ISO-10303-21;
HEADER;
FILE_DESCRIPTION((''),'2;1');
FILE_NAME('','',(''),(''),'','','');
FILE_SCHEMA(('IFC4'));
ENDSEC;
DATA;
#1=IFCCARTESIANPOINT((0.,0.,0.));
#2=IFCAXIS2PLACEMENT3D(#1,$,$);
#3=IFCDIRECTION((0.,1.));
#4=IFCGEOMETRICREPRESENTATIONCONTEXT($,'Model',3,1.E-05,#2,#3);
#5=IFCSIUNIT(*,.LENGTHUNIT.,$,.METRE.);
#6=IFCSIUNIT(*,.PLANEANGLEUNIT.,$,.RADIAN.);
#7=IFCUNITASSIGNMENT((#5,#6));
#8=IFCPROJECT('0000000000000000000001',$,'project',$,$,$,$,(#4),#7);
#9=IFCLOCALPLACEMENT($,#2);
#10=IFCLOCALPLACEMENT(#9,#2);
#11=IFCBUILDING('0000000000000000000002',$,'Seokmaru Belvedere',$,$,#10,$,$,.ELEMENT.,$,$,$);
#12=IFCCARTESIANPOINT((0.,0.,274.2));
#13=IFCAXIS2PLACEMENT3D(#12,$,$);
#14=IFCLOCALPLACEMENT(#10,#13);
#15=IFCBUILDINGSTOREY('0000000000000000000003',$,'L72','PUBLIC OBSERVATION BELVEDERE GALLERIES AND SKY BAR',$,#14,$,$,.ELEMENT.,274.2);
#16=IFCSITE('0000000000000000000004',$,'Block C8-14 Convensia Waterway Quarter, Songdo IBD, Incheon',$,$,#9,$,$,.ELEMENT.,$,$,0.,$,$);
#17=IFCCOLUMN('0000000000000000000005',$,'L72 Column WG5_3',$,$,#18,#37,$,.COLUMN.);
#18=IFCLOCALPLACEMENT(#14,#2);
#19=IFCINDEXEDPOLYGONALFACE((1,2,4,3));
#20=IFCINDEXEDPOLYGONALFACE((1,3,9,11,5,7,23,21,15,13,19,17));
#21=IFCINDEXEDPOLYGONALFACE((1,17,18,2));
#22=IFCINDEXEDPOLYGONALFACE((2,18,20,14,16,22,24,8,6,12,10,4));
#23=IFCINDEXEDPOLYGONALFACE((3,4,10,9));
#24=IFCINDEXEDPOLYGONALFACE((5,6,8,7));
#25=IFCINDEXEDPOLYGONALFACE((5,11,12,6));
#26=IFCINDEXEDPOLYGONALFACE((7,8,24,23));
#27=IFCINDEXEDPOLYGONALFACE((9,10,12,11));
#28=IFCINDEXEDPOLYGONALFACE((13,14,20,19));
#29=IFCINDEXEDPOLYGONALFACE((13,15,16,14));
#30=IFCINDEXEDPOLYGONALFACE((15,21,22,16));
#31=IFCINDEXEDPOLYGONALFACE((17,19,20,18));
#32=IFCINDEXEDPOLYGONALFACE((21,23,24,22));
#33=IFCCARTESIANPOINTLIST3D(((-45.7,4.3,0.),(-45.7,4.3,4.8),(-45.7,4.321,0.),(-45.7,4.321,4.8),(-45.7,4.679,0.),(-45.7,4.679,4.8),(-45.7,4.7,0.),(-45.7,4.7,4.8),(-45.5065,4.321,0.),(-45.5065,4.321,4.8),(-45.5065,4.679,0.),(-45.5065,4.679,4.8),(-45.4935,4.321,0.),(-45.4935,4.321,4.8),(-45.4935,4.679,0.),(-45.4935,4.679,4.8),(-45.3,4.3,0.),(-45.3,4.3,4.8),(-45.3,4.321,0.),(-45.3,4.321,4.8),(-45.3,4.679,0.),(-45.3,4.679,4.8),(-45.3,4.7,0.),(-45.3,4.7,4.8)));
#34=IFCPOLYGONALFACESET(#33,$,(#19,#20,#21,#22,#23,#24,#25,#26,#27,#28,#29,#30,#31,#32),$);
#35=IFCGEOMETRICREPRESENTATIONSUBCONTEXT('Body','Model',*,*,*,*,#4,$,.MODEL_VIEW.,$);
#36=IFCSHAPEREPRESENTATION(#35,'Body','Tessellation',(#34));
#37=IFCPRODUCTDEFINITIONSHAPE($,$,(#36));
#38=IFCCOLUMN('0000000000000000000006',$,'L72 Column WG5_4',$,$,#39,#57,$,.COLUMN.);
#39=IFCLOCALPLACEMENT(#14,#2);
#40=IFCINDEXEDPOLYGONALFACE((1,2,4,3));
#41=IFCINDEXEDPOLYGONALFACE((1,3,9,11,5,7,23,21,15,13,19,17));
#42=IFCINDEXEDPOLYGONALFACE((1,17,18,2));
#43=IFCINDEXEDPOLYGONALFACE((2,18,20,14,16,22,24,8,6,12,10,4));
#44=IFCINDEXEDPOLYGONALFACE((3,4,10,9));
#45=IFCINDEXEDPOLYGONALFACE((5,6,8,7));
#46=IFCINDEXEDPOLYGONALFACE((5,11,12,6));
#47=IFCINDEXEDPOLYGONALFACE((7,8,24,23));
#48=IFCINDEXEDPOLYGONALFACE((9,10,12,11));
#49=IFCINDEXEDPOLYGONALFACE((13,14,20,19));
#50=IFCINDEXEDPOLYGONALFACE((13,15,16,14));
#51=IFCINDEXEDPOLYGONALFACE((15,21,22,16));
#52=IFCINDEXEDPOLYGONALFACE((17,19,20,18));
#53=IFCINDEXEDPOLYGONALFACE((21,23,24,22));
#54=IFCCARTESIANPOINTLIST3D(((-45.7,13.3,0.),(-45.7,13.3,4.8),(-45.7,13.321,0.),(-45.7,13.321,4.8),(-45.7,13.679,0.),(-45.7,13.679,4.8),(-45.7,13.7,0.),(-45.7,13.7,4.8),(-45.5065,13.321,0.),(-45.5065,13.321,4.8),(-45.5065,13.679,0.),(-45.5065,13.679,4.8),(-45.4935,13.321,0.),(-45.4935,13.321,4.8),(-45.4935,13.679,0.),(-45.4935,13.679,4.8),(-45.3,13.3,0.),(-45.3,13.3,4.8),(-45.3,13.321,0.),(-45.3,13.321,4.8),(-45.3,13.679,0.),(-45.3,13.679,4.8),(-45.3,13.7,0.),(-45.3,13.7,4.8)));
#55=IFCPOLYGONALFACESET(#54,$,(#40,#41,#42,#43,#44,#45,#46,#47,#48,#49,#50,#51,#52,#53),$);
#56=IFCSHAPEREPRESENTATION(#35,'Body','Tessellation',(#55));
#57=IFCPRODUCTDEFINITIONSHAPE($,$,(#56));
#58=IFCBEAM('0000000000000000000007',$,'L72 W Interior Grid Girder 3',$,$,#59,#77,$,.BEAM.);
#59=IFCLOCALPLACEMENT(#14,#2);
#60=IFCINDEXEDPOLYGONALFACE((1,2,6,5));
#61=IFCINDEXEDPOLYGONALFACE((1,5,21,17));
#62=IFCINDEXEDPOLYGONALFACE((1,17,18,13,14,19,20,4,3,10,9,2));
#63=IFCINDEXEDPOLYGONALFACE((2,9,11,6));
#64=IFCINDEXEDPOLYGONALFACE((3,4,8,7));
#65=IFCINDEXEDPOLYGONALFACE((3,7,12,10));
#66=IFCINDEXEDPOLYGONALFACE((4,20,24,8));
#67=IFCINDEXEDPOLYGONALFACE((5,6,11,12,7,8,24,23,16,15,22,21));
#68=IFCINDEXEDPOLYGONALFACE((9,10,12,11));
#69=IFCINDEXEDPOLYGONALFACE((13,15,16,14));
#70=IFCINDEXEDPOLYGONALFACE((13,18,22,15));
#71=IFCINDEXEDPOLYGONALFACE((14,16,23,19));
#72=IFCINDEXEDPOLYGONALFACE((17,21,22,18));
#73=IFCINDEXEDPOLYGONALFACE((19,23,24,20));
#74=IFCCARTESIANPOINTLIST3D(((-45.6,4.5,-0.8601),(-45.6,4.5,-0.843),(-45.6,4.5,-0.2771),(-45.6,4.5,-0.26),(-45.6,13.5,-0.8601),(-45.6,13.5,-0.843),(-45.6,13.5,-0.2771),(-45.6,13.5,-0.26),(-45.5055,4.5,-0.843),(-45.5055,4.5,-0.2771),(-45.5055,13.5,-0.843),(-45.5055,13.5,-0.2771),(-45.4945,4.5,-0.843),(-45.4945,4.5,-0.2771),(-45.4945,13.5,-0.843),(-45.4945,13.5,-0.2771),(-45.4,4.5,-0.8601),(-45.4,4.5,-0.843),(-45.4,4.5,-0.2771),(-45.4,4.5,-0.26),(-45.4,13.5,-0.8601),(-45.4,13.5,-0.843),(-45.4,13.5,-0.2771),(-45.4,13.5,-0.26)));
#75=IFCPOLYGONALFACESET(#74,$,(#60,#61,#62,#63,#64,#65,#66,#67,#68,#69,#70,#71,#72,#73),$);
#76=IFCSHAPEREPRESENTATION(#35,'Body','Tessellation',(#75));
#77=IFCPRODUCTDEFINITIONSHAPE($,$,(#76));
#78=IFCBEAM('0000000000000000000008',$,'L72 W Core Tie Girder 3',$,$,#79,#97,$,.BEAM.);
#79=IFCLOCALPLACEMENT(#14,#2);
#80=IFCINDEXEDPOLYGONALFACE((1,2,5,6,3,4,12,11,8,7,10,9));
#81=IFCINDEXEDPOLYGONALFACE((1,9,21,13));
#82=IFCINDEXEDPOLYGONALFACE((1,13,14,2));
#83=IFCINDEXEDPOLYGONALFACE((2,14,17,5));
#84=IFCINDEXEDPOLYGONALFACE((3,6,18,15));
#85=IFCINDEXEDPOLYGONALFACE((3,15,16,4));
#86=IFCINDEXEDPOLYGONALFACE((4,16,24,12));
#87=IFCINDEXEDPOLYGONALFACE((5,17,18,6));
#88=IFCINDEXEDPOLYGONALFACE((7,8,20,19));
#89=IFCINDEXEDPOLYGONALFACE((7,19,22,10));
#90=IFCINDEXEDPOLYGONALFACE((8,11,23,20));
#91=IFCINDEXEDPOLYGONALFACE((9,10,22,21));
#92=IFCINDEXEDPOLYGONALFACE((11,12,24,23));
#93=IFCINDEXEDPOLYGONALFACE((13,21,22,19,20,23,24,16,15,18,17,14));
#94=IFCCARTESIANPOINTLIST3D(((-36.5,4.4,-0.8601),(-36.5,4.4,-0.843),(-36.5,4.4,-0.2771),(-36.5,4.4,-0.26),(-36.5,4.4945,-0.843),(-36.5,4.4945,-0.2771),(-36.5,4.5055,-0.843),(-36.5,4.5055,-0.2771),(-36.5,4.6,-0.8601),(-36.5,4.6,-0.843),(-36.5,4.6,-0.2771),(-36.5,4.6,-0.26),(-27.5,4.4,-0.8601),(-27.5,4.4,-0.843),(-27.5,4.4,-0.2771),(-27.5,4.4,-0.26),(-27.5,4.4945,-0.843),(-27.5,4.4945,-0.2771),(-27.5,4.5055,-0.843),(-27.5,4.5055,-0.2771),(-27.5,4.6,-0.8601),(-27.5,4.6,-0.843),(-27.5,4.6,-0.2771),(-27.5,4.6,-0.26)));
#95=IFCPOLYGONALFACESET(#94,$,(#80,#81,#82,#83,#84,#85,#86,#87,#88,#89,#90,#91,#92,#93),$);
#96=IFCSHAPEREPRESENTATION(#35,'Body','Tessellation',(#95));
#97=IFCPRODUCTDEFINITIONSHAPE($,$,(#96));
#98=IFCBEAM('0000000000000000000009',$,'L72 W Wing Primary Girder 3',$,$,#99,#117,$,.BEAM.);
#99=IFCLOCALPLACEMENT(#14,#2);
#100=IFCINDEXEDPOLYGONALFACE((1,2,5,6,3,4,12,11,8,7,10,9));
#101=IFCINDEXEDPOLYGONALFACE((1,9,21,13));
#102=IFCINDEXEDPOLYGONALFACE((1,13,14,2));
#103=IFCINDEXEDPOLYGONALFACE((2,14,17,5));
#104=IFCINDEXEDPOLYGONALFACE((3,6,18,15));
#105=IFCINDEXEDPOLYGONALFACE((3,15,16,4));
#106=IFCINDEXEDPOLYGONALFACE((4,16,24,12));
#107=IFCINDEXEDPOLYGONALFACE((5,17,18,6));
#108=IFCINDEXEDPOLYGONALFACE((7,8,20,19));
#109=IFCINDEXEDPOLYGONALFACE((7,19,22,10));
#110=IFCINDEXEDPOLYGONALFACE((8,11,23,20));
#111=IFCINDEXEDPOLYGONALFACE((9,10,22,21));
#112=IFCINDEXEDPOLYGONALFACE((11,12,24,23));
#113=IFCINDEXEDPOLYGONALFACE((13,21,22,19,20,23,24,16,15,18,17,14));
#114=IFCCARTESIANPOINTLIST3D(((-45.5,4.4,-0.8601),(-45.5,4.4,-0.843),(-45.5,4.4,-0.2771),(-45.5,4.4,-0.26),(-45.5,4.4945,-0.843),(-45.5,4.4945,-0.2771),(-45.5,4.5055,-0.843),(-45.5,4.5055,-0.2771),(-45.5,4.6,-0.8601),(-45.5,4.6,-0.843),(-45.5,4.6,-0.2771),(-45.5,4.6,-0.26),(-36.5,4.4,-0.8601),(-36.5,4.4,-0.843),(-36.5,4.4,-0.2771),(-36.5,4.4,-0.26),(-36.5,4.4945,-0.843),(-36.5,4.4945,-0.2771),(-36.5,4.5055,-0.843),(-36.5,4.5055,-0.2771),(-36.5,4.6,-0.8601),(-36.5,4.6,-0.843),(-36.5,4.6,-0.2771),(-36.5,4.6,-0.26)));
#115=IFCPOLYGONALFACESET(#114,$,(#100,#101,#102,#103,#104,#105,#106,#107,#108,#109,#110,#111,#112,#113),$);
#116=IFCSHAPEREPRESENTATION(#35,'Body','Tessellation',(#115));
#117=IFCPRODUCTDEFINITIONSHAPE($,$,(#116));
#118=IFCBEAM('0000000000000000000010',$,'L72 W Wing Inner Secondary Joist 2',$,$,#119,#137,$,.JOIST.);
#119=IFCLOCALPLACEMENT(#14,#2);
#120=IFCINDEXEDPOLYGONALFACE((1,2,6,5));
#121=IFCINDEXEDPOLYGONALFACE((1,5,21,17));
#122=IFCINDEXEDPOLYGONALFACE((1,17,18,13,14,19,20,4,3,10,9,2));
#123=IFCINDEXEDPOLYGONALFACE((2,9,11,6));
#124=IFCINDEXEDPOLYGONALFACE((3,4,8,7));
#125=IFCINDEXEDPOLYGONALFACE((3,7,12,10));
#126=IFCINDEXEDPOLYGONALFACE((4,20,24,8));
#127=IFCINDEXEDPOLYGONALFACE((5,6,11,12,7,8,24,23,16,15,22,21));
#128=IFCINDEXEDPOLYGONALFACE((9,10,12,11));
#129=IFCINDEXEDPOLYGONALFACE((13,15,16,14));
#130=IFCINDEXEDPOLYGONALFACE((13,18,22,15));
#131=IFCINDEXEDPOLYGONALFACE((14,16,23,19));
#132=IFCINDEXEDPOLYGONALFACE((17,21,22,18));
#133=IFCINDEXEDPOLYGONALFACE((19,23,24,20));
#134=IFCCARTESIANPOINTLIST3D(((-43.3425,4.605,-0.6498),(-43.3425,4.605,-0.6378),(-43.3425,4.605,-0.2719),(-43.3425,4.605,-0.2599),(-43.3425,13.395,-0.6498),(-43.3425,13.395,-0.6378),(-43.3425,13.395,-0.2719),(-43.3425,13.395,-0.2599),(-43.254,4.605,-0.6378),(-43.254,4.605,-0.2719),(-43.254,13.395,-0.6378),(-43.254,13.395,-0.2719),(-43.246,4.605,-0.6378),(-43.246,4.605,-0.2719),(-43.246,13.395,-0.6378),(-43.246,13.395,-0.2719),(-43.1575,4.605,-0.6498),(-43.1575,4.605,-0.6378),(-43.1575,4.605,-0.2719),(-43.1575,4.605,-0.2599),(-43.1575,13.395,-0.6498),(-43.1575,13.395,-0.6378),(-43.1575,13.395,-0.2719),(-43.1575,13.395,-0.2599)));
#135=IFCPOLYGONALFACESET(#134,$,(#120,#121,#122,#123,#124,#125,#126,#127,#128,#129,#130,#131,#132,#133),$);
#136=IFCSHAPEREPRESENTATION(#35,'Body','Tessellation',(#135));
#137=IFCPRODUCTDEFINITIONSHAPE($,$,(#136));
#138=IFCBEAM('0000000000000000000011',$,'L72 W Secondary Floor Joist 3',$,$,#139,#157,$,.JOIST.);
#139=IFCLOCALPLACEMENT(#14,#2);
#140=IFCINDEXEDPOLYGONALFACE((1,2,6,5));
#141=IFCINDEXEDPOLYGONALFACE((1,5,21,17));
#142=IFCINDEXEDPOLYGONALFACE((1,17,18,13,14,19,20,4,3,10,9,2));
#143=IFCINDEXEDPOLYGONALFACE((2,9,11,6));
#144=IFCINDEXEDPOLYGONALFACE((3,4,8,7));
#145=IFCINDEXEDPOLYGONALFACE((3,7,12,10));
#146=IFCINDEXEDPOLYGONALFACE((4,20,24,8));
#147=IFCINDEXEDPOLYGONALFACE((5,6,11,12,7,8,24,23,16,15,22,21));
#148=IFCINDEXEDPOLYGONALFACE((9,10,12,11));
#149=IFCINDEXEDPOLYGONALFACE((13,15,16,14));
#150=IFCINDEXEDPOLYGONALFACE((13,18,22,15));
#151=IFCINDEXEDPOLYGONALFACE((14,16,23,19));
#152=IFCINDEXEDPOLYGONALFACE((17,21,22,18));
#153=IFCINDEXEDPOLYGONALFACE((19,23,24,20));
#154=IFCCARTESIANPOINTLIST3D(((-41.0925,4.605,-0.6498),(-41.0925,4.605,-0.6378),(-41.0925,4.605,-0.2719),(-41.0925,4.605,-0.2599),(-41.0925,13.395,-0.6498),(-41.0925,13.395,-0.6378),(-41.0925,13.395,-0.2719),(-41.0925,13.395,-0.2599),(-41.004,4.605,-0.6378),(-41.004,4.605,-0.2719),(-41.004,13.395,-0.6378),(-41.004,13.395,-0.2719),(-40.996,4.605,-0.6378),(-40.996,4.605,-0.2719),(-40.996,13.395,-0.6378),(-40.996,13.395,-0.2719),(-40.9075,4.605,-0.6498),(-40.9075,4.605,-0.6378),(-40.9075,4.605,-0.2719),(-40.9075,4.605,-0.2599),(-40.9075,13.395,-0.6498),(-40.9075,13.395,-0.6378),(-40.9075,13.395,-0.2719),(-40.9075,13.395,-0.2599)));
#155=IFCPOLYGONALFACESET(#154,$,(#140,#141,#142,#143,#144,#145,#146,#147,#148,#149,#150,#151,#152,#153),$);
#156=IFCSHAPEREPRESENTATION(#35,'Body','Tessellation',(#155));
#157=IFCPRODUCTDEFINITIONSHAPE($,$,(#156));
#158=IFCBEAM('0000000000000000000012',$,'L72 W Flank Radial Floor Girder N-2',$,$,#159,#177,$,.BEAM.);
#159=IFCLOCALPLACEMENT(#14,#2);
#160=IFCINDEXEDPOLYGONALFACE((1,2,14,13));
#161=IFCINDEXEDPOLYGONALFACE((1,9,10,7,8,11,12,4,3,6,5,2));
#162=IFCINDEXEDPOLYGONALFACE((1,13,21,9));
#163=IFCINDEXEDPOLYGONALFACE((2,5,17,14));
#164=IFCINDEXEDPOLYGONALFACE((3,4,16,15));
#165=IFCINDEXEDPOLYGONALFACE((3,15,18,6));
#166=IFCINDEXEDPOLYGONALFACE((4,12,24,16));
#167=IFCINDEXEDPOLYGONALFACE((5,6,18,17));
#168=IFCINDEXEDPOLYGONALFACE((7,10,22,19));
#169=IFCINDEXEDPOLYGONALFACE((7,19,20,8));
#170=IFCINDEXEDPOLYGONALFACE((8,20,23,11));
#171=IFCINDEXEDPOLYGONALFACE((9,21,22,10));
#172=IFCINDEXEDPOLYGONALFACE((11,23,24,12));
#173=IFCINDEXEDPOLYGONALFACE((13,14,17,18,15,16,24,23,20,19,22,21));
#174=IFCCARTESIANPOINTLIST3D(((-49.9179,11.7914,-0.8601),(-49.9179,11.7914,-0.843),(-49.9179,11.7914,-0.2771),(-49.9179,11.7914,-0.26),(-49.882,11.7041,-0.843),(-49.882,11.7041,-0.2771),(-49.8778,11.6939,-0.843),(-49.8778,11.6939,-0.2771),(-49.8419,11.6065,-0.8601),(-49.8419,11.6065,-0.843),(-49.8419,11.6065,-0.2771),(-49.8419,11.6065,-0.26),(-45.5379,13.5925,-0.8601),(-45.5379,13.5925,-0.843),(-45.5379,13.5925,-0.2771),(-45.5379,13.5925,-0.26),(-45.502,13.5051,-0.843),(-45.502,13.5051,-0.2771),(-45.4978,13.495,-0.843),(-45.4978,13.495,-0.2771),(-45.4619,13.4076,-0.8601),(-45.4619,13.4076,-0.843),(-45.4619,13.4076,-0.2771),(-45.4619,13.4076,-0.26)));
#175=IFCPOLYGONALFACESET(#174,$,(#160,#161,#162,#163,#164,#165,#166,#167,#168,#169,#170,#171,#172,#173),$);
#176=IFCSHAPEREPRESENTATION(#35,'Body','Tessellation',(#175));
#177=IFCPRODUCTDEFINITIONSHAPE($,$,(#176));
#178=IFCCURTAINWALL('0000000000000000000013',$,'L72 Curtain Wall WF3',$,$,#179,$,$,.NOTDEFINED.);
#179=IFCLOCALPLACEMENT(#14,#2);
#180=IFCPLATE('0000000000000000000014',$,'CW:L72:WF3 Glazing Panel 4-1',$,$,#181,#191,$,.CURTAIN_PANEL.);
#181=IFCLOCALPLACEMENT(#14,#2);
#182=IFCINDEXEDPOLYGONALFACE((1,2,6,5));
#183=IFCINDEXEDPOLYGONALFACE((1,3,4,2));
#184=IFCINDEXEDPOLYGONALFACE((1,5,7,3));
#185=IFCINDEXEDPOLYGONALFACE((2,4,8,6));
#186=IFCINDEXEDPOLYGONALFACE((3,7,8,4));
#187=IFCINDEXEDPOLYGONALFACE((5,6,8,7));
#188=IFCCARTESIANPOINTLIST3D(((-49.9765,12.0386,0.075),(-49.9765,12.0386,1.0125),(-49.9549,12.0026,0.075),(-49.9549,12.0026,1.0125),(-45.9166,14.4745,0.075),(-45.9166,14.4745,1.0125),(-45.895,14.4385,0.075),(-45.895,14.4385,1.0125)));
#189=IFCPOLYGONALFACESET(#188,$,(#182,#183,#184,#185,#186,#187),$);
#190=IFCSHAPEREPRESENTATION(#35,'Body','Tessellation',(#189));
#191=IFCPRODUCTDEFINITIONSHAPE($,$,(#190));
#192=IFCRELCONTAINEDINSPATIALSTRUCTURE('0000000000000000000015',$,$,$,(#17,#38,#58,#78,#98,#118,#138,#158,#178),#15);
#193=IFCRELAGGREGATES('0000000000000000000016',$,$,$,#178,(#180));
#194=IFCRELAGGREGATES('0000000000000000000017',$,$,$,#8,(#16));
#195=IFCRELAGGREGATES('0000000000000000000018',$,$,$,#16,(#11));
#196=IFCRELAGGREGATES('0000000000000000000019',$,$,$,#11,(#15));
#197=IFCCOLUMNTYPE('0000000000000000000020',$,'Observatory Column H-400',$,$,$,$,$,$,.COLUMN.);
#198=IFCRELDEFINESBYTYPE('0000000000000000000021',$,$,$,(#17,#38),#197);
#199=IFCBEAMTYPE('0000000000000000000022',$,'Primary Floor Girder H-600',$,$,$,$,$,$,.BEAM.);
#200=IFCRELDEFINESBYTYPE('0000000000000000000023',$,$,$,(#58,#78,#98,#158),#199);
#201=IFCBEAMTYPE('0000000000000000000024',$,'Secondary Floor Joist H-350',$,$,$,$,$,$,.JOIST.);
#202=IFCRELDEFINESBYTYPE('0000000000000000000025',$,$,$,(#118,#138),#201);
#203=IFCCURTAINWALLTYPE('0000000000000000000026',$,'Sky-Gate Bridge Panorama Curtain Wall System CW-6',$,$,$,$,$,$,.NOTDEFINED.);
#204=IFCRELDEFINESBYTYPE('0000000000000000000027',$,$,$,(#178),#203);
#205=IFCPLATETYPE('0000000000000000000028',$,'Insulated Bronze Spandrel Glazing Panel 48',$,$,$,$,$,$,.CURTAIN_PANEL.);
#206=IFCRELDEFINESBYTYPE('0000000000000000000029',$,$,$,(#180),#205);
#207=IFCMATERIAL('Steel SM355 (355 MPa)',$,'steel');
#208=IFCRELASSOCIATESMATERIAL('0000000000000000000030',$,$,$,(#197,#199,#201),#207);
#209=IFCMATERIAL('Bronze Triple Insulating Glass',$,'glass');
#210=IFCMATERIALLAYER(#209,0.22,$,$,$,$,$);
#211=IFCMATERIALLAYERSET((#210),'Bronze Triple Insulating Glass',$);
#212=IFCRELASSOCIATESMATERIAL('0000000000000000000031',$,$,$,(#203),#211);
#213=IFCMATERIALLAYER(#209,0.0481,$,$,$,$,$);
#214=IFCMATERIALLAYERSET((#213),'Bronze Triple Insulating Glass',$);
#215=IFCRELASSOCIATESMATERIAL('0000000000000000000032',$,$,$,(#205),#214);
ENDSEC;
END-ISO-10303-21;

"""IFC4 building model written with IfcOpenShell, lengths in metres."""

from ifc_helpers import new_model, si_unit, direction, frame, origin, origin_2d, place, context, subcontext, project, spatial, rectangle, i_section, extrude, source, transform, mapped, material, layer, layer_set, material_profile, profile_set, type_object, type_shapes, element, aggregate, save


model = new_model("IFC4")

# Units and contexts
model_context = context("Model", 3, precision=1e-05, world=origin(), true_north=direction((0.0, 1.0)))
body_context = subcontext(model_context, "Body", "Model", "MODEL_VIEW")
ifc_project = project(units=[si_unit("LENGTHUNIT", "METRE"), si_unit("PLANEANGLEUNIT", "RADIAN")], contexts=[model_context])

# Site, building, storey
site_placement = place(None, origin())
site = spatial("IfcSite", under=ifc_project, at=site_placement, Name="Block C8-14 Convensia Waterway Quarter, Songdo IBD, Incheon", CompositionType="ELEMENT", RefElevation=0.0)
building_placement = place(site_placement, origin())
building = spatial("IfcBuilding", under=site, at=building_placement, Name="Seokmaru Belvedere", CompositionType="ELEMENT")
storey_placement = place(building_placement, frame((0.0, 0.0, 274.2)))
storey = spatial("IfcBuildingStorey", under=building, at=storey_placement, Name="L72", Description="PUBLIC OBSERVATION BELVEDERE GALLERIES AND SKY BAR", CompositionType="ELEMENT", Elevation=274.2)

# Columns
ifc_material_1 = material(Name="Steel SM355 (355 MPa)", Category="steel")
ifc_material_profile_1 = material_profile(ifc_material_1, i_section(OverallWidth=0.3999, OverallDepth=0.3999, WebThickness=0.0129, FlangeThickness=0.021, at=origin_2d()), Name="H-400x400x13x21")
ifc_profile_set_1 = profile_set([ifc_material_profile_1], Name="Steel SM355 (355 MPa)")
column_type = type_object("IfcColumnType", Name="Observatory Column H-400", PredefinedType="COLUMN", material=ifc_profile_set_1)
shared_shape_1 = source(origin(), body_context, "Body", "SweptSolid", [
    extrude(i_section(OverallWidth=0.3999, OverallDepth=0.3999, WebThickness=0.0129, FlangeThickness=0.021, at=origin_2d()), origin(), (0.0, 0.0, 1.0), 4.8),
])
type_shapes(column_type, [shared_shape_1])
for number, where, z_axis, x_axis, name in (
    (1, (-45.5, 4.5, 0.0), (0.0, 0.0, 1.0), (1.0, 0.0, 0.0), "L72 Column WG5_3"),
    (2, (-45.5, 13.5, 0.0), (0.0, 0.0, 1.0), (1.0, 0.0, 0.0), "L72 Column WG5_4"),
):
    element("IfcColumn", number, at=place(storey_placement, frame(where, z_axis=z_axis, x_axis=x_axis)), inside=storey, type_object=column_type, Name=name, PredefinedType="COLUMN", context=body_context, shape_type="MappedRepresentation", body=[
        mapped(shared_shape_1, transform((0.0, 0.0, 0.0), scale=1.0)),
    ])

# Beams
ifc_material_profile_2 = material_profile(ifc_material_1, i_section(OverallWidth=0.2, OverallDepth=0.6001, WebThickness=0.011, FlangeThickness=0.0171, at=origin_2d()), Name="H-600x200x11x17")
ifc_profile_set_2 = profile_set([ifc_material_profile_2], Name="Steel SM355 (355 MPa)")
beam_type_1 = type_object("IfcBeamType", Name="Primary Floor Girder H-600", PredefinedType="BEAM", material=ifc_profile_set_2)
shared_shape_2 = source(origin(), body_context, "Body", "SweptSolid", [
    extrude(i_section(OverallWidth=0.2, OverallDepth=0.6001, WebThickness=0.011, FlangeThickness=0.0171, at=origin_2d()), origin(), (0.0, 0.0, 1.0), 9.0),
])
for number, where, z_axis, x_axis, name in (
    (3, (-45.5, 4.5, -0.5601), (0.0, 1.0, 0.0), (-1.0, 0.0, 0.0), "L72 W Interior Grid Girder 3"),
    (4, (-36.5, 4.5, -0.5601), (1.0, 0.0, 0.0), (0.0, 1.0, 0.0), "L72 W Core Tie Girder 3"),
    (5, (-45.5, 4.5, -0.5601), (1.0, 0.0, 0.0), (0.0, 1.0, 0.0), "L72 W Wing Primary Girder 3"),
):
    element("IfcBeam", number, at=place(storey_placement, frame(where, z_axis=z_axis, x_axis=x_axis)), inside=storey, type_object=beam_type_1, Name=name, PredefinedType="BEAM", context=body_context, shape_type="MappedRepresentation", body=[
        mapped(shared_shape_2, transform((0.0, 0.0, 0.0), scale=1.0)),
    ])
ifc_material_profile_3 = material_profile(ifc_material_1, i_section(OverallWidth=0.1851, OverallDepth=0.3899, WebThickness=0.0081, FlangeThickness=0.012, at=origin_2d()), Name="H-390x185x8x12")
ifc_profile_set_3 = profile_set([ifc_material_profile_3], Name="Steel SM355 (355 MPa)")
beam_type_2 = type_object("IfcBeamType", Name="Secondary Floor Joist H-350", PredefinedType="JOIST", material=ifc_profile_set_3)
shared_shape_3 = source(origin(), body_context, "Body", "SweptSolid", [
    extrude(i_section(OverallWidth=0.1851, OverallDepth=0.3899, WebThickness=0.0081, FlangeThickness=0.012, at=origin_2d()), origin(), (0.0, 0.0, 1.0), 8.79),
])
type_shapes(beam_type_2, [shared_shape_3])
for number, where, z_axis, x_axis, name in (
    (6, (-43.25, 4.605, -0.4548), (0.0, 1.0, 0.0), (-1.0, 0.0, 0.0), "L72 W Wing Inner Secondary Joist 2"),
    (7, (-41.0, 4.605, -0.4548), (0.0, 1.0, 0.0), (-1.0, 0.0, 0.0), "L72 W Secondary Floor Joist 3"),
):
    element("IfcBeam", number, at=place(storey_placement, frame(where, z_axis=z_axis, x_axis=x_axis)), inside=storey, type_object=beam_type_2, Name=name, PredefinedType="JOIST", context=body_context, shape_type="MappedRepresentation", body=[
        mapped(shared_shape_3, transform((0.0, 0.0, 0.0), scale=1.0)),
    ])
shared_shape_4 = source(origin(), body_context, "Body", "SweptSolid", [
    extrude(i_section(OverallWidth=0.2, OverallDepth=0.6001, WebThickness=0.011, FlangeThickness=0.0171, at=origin_2d()), origin(), (0.0, 0.0, 1.0), 4.7358),
])
type_shapes(beam_type_1, [shared_shape_2, shared_shape_4])
beam_placement = place(storey_placement, frame((-49.8799, 11.699, -0.5601), z_axis=(0.924861, 0.380306, 0.0), x_axis=(-0.380306, 0.924861, 0.0)))
element("IfcBeam", 8, at=beam_placement, inside=storey, type_object=beam_type_1, Name="L72 W Flank Radial Floor Girder N-2", PredefinedType="BEAM", context=body_context, shape_type="MappedRepresentation", body=[
    mapped(shared_shape_4, transform((0.0, 0.0, 0.0), scale=1.0)),
])

# Curtain wall, plate
ifc_material_2 = material(Name="Bronze Triple Insulating Glass", Category="glass")
ifc_layer_1 = layer(ifc_material_2, 0.22)
ifc_layer_set_1 = layer_set([ifc_layer_1], Name="Bronze Triple Insulating Glass")
curtain_wall_type = type_object("IfcCurtainWallType", Name="Sky-Gate Bridge Panorama Curtain Wall System CW-6", PredefinedType="NOTDEFINED", material=ifc_layer_set_1)
curtain_wall_placement = place(storey_placement, origin())
curtain_wall = element("IfcCurtainWall", 9, at=curtain_wall_placement, inside=storey, type_object=curtain_wall_type, Name="L72 Curtain Wall WF3", PredefinedType="NOTDEFINED")
ifc_layer_2 = layer(ifc_material_2, 0.0481)
ifc_layer_set_2 = layer_set([ifc_layer_2], Name="Bronze Triple Insulating Glass")
plate_type_1 = type_object("IfcPlateType", Name="Insulated Bronze Spandrel Glazing Panel 48", PredefinedType="CURTAIN_PANEL", material=ifc_layer_set_2)
shared_shape_5 = source(origin(), body_context, "Body", "SweptSolid", [
    extrude(rectangle(XDim=4.7346, YDim=0.042, at=origin_2d()), origin(), (0.0, 0.0, 1.0), 0.9375),
])
type_shapes(plate_type_1, [shared_shape_5])
plate_1_placement = place(storey_placement, frame((-47.9358, 13.2385, 0.075), z_axis=(0.0, 0.0, 1.0), x_axis=(-0.857493, -0.514495, 0.0)))
plate_1 = element("IfcPlate", 10, at=plate_1_placement, type_object=plate_type_1, Name="CW:L72:WF3 Glazing Panel 4-1", PredefinedType="CURTAIN_PANEL", context=body_context, shape_type="MappedRepresentation", body=[
    mapped(shared_shape_5, transform((0.0, 0.0, 0.0), scale=1.0)),
])
aggregate(curtain_wall, [plate_1])

save(model, "model.ifc")
